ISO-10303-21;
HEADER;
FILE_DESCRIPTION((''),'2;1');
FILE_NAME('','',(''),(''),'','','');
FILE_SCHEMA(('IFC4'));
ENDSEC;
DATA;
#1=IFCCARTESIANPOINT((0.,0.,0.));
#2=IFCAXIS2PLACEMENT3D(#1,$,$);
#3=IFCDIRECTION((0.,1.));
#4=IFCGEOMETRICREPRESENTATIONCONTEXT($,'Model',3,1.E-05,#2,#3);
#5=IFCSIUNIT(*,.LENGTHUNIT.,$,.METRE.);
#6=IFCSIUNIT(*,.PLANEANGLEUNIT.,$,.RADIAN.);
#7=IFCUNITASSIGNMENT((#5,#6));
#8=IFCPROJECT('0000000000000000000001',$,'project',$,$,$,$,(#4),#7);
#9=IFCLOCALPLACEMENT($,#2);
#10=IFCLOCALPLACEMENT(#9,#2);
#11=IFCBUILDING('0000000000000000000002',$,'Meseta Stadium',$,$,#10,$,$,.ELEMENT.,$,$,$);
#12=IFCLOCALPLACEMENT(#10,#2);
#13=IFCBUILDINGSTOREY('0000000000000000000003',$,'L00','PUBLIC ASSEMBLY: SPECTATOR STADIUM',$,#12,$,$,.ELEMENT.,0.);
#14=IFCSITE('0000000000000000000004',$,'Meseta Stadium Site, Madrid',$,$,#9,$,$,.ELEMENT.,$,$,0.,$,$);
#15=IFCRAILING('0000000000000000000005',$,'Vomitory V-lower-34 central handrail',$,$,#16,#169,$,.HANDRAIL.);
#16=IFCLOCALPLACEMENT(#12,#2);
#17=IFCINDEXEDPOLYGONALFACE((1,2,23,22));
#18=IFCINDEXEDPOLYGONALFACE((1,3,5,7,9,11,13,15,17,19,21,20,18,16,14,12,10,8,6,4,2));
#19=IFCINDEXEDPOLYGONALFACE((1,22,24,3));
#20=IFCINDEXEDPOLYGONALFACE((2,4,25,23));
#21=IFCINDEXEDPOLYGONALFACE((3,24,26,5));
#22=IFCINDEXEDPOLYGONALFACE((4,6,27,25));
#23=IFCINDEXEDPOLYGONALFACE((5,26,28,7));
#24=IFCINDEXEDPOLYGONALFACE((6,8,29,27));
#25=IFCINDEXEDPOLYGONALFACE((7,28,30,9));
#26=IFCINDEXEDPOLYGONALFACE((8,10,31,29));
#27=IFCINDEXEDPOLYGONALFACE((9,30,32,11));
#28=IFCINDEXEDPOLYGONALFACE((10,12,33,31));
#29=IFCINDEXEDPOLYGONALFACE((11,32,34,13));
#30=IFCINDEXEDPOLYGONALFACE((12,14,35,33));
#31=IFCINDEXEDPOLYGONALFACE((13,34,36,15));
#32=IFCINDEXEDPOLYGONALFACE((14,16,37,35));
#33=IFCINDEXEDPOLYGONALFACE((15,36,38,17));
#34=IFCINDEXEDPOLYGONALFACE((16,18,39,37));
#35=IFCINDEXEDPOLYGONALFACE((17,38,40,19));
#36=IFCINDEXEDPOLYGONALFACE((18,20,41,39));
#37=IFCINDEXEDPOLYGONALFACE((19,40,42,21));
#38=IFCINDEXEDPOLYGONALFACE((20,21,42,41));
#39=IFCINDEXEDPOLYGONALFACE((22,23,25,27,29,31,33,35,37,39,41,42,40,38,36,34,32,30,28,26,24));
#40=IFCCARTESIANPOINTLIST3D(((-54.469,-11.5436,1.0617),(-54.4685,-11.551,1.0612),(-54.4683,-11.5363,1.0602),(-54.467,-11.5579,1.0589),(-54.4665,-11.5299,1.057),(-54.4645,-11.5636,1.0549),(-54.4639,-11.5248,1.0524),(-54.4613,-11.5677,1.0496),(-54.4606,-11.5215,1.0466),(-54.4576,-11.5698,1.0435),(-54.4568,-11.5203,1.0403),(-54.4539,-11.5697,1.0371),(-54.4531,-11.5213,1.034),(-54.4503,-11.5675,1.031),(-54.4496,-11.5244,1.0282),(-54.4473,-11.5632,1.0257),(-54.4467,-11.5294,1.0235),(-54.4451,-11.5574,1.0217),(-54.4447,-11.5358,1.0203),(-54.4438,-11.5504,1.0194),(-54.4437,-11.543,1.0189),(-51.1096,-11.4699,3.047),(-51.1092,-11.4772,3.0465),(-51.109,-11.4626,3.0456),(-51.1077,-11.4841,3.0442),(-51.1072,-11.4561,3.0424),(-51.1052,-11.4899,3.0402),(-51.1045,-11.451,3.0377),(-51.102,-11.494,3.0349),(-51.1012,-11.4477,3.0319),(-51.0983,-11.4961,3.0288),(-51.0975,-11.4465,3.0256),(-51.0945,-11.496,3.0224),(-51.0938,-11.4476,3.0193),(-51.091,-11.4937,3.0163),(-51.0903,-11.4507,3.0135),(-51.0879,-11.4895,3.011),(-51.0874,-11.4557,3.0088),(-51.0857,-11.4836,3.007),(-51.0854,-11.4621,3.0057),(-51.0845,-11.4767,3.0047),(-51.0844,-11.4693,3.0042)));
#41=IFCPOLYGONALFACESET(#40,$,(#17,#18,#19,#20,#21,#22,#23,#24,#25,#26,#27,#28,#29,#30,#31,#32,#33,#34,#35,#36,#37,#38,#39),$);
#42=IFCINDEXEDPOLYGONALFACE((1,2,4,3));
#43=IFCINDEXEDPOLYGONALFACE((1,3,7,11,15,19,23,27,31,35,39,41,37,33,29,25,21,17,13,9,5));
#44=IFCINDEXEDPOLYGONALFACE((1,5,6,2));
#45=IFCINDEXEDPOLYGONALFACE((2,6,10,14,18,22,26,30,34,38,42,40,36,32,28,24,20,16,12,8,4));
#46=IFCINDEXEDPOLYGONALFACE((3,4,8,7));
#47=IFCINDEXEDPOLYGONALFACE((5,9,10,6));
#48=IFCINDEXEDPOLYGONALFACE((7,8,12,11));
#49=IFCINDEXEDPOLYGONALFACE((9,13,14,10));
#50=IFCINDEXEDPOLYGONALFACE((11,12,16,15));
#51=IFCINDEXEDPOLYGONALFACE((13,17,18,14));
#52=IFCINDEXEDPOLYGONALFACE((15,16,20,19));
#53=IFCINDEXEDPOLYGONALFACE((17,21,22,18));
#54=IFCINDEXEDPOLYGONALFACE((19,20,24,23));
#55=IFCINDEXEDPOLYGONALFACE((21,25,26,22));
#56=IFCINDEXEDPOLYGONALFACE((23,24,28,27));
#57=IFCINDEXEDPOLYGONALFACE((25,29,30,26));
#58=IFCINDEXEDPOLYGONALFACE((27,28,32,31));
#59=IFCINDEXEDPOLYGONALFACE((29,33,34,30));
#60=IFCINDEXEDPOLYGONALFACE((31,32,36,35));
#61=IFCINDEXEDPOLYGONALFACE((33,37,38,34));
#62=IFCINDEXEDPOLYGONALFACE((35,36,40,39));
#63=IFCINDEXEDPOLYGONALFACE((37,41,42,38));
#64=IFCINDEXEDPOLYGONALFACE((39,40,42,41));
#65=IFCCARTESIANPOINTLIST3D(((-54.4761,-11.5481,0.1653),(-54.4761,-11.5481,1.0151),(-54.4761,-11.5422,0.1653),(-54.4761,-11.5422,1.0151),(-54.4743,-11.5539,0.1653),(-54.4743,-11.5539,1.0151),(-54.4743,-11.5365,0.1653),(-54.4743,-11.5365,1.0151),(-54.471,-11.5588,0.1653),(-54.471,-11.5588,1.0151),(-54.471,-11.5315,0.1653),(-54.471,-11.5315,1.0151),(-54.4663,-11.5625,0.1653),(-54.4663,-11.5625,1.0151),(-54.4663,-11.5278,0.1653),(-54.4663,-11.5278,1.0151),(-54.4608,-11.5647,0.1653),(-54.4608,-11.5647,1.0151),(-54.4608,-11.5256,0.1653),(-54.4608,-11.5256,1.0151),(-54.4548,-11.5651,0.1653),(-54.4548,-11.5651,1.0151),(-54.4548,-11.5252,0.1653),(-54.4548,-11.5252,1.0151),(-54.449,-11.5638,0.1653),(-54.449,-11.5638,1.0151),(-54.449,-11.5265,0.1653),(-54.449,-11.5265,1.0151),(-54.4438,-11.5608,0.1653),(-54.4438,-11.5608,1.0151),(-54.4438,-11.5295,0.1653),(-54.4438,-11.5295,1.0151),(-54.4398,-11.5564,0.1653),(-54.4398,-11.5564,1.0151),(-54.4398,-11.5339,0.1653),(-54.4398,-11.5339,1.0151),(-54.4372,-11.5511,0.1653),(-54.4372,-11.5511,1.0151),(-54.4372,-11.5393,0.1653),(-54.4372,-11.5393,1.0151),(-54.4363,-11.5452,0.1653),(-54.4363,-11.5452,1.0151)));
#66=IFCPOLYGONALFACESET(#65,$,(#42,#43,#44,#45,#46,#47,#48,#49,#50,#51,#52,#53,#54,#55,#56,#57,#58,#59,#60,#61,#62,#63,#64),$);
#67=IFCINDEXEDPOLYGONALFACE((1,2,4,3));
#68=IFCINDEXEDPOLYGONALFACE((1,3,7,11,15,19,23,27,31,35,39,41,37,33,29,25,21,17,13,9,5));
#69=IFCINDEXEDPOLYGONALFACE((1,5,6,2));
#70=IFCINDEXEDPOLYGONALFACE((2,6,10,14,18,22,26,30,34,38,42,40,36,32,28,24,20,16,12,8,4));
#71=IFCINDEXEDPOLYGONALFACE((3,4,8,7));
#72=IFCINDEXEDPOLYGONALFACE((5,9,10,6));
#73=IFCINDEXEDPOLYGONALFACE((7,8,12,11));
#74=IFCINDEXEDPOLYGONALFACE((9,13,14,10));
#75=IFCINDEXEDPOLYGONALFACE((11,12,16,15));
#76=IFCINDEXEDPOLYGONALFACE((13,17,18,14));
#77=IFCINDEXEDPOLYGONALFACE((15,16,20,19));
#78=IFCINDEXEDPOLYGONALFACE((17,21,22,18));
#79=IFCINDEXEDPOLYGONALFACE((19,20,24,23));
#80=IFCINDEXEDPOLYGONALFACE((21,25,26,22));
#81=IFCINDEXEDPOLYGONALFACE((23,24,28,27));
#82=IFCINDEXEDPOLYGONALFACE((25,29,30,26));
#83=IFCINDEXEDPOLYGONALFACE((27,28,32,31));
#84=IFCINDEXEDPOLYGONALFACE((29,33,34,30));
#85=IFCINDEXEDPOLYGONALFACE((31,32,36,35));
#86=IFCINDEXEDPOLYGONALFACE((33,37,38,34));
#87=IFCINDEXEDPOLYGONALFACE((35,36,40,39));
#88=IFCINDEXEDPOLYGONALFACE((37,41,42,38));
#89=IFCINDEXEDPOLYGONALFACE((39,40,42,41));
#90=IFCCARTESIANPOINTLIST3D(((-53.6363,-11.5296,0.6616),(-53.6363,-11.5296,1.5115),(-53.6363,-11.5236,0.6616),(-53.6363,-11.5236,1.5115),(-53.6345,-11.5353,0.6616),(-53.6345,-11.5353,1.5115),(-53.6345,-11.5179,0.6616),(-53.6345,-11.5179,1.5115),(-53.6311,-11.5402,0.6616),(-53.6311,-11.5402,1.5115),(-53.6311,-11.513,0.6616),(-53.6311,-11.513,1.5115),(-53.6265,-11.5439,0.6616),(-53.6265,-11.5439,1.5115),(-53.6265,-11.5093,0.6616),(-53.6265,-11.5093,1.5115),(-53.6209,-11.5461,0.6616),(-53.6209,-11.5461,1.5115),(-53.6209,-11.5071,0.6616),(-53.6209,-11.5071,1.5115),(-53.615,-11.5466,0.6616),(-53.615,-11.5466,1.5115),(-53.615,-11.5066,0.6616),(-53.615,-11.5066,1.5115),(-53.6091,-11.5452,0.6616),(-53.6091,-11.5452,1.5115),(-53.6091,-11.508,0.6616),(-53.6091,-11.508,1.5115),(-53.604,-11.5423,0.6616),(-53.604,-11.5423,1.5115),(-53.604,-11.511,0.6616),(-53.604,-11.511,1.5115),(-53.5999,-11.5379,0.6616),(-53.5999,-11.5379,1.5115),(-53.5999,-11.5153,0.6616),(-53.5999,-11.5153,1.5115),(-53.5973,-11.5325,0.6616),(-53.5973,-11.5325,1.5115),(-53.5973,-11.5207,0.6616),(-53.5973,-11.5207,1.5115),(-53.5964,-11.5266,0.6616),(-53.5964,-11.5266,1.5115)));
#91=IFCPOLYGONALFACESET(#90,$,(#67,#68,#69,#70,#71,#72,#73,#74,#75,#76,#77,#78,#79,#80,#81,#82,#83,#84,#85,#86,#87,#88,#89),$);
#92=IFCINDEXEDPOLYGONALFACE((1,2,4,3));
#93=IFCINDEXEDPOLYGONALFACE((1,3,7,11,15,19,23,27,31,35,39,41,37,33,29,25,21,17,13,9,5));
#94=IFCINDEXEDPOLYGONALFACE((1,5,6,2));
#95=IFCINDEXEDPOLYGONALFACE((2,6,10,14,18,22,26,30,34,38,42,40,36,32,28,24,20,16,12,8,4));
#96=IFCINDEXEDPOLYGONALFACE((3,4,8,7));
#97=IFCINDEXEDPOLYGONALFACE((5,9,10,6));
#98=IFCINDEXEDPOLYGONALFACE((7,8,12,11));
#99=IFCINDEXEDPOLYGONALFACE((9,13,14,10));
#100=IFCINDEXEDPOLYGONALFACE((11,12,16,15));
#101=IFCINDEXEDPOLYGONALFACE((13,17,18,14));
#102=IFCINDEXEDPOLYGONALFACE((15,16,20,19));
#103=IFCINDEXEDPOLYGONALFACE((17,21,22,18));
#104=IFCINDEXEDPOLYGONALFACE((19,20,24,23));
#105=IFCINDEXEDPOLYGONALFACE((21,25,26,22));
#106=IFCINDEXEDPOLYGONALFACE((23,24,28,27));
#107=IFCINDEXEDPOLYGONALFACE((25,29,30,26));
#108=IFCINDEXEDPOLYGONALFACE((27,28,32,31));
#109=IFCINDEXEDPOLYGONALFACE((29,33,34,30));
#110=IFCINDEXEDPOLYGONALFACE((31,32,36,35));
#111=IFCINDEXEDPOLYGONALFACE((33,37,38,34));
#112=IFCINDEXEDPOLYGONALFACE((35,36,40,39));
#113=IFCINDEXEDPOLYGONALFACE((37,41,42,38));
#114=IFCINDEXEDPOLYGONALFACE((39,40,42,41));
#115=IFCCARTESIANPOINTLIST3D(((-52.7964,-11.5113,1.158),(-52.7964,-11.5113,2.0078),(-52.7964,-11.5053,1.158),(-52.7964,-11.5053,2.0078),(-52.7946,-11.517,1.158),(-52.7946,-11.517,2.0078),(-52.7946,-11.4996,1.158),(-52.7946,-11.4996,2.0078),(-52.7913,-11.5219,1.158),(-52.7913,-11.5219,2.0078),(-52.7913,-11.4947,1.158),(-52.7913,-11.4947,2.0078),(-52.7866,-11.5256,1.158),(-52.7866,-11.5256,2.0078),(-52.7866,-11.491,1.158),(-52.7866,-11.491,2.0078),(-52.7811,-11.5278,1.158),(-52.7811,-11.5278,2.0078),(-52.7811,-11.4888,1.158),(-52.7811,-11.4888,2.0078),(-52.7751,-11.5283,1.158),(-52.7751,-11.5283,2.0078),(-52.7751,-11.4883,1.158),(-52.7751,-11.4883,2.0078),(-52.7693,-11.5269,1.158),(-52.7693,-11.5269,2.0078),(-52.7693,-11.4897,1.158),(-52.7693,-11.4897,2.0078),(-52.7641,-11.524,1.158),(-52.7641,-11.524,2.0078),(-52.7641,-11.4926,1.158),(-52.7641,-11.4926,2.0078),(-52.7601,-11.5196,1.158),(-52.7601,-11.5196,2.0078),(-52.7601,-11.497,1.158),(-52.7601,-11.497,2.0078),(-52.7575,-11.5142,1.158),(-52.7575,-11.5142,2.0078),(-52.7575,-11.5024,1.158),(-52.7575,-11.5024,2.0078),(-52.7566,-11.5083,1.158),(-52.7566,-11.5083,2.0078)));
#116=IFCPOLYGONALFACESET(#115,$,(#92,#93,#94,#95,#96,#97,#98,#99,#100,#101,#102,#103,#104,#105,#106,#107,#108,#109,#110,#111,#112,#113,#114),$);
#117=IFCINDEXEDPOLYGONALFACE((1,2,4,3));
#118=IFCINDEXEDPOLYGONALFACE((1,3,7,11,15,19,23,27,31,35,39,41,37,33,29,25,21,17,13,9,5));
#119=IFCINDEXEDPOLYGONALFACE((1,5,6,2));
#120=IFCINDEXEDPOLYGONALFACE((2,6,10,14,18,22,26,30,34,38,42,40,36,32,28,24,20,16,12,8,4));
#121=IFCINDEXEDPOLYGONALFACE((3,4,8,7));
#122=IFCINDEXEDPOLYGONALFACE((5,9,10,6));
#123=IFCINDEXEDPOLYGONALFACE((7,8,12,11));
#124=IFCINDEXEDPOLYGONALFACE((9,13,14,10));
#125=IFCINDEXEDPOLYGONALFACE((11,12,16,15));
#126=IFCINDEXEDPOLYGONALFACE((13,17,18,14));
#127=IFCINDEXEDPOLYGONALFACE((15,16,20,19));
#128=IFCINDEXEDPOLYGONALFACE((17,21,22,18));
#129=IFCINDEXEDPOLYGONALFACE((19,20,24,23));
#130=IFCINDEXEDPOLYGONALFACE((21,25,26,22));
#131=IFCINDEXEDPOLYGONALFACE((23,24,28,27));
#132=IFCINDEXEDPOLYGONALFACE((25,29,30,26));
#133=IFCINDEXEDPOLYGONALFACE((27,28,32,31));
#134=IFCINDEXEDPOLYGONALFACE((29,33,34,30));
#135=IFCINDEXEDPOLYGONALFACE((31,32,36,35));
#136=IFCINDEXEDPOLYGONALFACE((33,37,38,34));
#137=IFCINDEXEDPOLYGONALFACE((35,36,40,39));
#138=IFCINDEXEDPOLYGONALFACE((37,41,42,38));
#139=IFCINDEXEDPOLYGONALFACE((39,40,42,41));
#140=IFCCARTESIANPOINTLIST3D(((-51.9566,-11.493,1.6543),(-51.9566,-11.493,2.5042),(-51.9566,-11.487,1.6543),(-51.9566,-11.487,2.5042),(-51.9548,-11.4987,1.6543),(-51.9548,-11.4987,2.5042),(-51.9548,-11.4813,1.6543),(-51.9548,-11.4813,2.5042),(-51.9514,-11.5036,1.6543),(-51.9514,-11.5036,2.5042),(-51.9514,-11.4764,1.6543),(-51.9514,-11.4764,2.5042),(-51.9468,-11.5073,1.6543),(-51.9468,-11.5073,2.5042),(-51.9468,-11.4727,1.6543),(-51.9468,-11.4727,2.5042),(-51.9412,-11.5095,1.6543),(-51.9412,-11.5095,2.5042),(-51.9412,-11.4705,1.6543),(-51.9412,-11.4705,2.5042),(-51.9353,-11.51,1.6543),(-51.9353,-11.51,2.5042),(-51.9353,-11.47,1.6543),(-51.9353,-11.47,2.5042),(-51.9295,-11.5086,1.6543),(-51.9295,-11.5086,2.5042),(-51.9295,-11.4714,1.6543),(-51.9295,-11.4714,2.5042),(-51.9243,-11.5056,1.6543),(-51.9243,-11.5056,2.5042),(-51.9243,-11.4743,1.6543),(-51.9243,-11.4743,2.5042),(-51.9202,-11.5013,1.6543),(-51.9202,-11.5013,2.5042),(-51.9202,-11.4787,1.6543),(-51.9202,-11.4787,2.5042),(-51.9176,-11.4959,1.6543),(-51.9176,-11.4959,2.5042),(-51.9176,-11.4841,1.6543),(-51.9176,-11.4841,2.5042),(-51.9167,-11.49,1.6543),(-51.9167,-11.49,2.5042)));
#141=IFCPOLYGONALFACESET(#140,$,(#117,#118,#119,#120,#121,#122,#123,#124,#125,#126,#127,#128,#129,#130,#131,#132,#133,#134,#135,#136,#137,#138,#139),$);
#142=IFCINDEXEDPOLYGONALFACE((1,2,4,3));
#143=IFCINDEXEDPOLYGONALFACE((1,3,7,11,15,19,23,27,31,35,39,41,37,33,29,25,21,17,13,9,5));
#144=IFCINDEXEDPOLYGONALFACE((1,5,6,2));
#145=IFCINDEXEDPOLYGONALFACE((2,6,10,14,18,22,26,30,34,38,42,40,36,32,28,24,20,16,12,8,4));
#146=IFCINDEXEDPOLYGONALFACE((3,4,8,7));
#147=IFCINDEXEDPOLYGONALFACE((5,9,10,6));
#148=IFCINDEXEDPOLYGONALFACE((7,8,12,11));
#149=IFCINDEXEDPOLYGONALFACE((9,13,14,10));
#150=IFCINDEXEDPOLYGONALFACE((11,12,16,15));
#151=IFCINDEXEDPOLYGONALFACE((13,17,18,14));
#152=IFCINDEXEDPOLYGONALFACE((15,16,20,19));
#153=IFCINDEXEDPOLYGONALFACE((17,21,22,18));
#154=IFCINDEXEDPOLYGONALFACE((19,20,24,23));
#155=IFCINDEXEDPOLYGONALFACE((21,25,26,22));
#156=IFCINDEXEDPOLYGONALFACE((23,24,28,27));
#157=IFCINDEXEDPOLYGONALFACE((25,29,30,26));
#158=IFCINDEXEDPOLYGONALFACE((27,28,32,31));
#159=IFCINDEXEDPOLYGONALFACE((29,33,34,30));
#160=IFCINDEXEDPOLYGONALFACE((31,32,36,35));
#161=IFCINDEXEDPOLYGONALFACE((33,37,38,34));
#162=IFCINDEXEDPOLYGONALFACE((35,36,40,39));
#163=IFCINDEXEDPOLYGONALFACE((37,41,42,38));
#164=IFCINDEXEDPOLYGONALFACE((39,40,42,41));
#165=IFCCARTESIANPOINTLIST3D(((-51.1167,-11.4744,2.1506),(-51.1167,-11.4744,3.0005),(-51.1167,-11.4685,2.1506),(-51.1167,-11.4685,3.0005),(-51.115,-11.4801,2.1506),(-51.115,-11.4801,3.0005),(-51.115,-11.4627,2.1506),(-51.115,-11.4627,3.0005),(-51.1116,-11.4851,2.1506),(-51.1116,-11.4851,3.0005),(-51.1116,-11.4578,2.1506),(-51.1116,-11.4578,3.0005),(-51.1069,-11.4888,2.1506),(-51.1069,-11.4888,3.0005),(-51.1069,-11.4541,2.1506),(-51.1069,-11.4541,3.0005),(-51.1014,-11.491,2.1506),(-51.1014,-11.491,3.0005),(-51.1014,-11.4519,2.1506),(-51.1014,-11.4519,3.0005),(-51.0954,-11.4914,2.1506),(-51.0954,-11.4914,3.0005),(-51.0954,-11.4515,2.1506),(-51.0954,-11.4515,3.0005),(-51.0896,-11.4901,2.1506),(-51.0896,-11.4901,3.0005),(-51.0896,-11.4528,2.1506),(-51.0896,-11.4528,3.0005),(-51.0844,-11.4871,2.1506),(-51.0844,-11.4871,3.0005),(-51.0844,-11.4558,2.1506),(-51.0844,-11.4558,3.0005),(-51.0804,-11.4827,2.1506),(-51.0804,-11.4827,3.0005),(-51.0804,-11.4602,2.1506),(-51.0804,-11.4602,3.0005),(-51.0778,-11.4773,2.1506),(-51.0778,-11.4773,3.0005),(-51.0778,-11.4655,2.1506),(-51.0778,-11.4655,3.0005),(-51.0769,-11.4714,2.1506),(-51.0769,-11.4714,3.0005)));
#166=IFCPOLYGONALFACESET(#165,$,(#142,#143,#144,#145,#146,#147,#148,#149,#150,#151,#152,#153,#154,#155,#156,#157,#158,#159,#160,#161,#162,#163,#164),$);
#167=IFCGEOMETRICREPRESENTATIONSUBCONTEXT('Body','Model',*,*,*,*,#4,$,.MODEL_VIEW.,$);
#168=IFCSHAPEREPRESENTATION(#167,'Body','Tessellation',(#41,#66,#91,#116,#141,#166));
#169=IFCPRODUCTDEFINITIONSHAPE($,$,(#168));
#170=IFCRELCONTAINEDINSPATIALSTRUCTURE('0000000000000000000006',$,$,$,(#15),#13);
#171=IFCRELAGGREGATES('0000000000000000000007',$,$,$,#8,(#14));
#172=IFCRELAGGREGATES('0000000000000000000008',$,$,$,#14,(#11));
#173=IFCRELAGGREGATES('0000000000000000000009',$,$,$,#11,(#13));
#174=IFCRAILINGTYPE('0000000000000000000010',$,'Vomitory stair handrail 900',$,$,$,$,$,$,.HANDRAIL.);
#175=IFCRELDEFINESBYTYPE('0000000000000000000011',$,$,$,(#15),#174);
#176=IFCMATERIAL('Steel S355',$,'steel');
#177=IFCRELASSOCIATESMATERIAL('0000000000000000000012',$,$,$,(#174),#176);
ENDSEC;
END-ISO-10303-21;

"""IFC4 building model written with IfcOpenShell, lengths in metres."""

from ifc_helpers import new_model, si_unit, direction, frame, origin, origin_2d, place, context, subcontext, project, spatial, circle, extrude, material, type_object, element, save


model = new_model("IFC4")

# Units and contexts
model_context = context("Model", 3, precision=1e-05, world=origin(), true_north=direction((0.0, 1.0)))
body_context = subcontext(model_context, "Body", "Model", "MODEL_VIEW")
ifc_project = project(units=[si_unit("LENGTHUNIT", "METRE"), si_unit("PLANEANGLEUNIT", "RADIAN")], contexts=[model_context])

# Site, building, storey
site_placement = place(None, origin())
site = spatial("IfcSite", under=ifc_project, at=site_placement, Name="Meseta Stadium Site, Madrid", CompositionType="ELEMENT", RefElevation=0.0)
building_placement = place(site_placement, origin())
building = spatial("IfcBuilding", under=site, at=building_placement, Name="Meseta Stadium", CompositionType="ELEMENT")
storey_placement = place(building_placement, origin())
storey = spatial("IfcBuildingStorey", under=building, at=storey_placement, Name="L00", Description="PUBLIC ASSEMBLY: SPECTATOR STADIUM", CompositionType="ELEMENT", Elevation=0.0)

# Railing
ifc_material_1 = material(Name="Steel S355", Category="steel")
railing_type_1 = type_object("IfcRailingType", Name="Vomitory stair handrail 900", PredefinedType="HANDRAIL", material=ifc_material_1)
railing_1_placement = place(storey_placement, frame((-54.4563, -11.5452, 0.1653)))
element("IfcRailing", 1, at=railing_1_placement, inside=storey, type_object=railing_type_1, Name="Vomitory V-lower-34 central handrail", PredefinedType="HANDRAIL", context=body_context, shape_type="SweptSolid", body=[
    extrude(circle(Radius=0.0249, at=origin_2d()), frame((0.0, 0.0, 0.875), z_axis=(0.860743, 0.018891, 0.508689), x_axis=(-0.021942, 0.999759, 0.0)), (0.0, 0.0, 1.0), 3.9028),
    extrude(circle(Radius=0.02, at=origin_2d()), origin(), (0.0, 0.0, 1.0), 0.8499),
    extrude(circle(Radius=0.02, at=origin_2d()), frame((0.8398, 0.0186, 0.4963)), (0.0, 0.0, 1.0), 0.8499),
    extrude(circle(Radius=0.02, at=origin_2d()), frame((1.6797, 0.0369, 0.9927)), (0.0, 0.0, 1.0), 0.8499),
    extrude(circle(Radius=0.02, at=origin_2d()), frame((2.5195, 0.0552, 1.489)), (0.0, 0.0, 1.0), 0.8499),
    extrude(circle(Radius=0.02, at=origin_2d()), frame((3.3594, 0.0737, 1.9854)), (0.0, 0.0, 1.0), 0.8499),
])

save(model, "model.ifc")
